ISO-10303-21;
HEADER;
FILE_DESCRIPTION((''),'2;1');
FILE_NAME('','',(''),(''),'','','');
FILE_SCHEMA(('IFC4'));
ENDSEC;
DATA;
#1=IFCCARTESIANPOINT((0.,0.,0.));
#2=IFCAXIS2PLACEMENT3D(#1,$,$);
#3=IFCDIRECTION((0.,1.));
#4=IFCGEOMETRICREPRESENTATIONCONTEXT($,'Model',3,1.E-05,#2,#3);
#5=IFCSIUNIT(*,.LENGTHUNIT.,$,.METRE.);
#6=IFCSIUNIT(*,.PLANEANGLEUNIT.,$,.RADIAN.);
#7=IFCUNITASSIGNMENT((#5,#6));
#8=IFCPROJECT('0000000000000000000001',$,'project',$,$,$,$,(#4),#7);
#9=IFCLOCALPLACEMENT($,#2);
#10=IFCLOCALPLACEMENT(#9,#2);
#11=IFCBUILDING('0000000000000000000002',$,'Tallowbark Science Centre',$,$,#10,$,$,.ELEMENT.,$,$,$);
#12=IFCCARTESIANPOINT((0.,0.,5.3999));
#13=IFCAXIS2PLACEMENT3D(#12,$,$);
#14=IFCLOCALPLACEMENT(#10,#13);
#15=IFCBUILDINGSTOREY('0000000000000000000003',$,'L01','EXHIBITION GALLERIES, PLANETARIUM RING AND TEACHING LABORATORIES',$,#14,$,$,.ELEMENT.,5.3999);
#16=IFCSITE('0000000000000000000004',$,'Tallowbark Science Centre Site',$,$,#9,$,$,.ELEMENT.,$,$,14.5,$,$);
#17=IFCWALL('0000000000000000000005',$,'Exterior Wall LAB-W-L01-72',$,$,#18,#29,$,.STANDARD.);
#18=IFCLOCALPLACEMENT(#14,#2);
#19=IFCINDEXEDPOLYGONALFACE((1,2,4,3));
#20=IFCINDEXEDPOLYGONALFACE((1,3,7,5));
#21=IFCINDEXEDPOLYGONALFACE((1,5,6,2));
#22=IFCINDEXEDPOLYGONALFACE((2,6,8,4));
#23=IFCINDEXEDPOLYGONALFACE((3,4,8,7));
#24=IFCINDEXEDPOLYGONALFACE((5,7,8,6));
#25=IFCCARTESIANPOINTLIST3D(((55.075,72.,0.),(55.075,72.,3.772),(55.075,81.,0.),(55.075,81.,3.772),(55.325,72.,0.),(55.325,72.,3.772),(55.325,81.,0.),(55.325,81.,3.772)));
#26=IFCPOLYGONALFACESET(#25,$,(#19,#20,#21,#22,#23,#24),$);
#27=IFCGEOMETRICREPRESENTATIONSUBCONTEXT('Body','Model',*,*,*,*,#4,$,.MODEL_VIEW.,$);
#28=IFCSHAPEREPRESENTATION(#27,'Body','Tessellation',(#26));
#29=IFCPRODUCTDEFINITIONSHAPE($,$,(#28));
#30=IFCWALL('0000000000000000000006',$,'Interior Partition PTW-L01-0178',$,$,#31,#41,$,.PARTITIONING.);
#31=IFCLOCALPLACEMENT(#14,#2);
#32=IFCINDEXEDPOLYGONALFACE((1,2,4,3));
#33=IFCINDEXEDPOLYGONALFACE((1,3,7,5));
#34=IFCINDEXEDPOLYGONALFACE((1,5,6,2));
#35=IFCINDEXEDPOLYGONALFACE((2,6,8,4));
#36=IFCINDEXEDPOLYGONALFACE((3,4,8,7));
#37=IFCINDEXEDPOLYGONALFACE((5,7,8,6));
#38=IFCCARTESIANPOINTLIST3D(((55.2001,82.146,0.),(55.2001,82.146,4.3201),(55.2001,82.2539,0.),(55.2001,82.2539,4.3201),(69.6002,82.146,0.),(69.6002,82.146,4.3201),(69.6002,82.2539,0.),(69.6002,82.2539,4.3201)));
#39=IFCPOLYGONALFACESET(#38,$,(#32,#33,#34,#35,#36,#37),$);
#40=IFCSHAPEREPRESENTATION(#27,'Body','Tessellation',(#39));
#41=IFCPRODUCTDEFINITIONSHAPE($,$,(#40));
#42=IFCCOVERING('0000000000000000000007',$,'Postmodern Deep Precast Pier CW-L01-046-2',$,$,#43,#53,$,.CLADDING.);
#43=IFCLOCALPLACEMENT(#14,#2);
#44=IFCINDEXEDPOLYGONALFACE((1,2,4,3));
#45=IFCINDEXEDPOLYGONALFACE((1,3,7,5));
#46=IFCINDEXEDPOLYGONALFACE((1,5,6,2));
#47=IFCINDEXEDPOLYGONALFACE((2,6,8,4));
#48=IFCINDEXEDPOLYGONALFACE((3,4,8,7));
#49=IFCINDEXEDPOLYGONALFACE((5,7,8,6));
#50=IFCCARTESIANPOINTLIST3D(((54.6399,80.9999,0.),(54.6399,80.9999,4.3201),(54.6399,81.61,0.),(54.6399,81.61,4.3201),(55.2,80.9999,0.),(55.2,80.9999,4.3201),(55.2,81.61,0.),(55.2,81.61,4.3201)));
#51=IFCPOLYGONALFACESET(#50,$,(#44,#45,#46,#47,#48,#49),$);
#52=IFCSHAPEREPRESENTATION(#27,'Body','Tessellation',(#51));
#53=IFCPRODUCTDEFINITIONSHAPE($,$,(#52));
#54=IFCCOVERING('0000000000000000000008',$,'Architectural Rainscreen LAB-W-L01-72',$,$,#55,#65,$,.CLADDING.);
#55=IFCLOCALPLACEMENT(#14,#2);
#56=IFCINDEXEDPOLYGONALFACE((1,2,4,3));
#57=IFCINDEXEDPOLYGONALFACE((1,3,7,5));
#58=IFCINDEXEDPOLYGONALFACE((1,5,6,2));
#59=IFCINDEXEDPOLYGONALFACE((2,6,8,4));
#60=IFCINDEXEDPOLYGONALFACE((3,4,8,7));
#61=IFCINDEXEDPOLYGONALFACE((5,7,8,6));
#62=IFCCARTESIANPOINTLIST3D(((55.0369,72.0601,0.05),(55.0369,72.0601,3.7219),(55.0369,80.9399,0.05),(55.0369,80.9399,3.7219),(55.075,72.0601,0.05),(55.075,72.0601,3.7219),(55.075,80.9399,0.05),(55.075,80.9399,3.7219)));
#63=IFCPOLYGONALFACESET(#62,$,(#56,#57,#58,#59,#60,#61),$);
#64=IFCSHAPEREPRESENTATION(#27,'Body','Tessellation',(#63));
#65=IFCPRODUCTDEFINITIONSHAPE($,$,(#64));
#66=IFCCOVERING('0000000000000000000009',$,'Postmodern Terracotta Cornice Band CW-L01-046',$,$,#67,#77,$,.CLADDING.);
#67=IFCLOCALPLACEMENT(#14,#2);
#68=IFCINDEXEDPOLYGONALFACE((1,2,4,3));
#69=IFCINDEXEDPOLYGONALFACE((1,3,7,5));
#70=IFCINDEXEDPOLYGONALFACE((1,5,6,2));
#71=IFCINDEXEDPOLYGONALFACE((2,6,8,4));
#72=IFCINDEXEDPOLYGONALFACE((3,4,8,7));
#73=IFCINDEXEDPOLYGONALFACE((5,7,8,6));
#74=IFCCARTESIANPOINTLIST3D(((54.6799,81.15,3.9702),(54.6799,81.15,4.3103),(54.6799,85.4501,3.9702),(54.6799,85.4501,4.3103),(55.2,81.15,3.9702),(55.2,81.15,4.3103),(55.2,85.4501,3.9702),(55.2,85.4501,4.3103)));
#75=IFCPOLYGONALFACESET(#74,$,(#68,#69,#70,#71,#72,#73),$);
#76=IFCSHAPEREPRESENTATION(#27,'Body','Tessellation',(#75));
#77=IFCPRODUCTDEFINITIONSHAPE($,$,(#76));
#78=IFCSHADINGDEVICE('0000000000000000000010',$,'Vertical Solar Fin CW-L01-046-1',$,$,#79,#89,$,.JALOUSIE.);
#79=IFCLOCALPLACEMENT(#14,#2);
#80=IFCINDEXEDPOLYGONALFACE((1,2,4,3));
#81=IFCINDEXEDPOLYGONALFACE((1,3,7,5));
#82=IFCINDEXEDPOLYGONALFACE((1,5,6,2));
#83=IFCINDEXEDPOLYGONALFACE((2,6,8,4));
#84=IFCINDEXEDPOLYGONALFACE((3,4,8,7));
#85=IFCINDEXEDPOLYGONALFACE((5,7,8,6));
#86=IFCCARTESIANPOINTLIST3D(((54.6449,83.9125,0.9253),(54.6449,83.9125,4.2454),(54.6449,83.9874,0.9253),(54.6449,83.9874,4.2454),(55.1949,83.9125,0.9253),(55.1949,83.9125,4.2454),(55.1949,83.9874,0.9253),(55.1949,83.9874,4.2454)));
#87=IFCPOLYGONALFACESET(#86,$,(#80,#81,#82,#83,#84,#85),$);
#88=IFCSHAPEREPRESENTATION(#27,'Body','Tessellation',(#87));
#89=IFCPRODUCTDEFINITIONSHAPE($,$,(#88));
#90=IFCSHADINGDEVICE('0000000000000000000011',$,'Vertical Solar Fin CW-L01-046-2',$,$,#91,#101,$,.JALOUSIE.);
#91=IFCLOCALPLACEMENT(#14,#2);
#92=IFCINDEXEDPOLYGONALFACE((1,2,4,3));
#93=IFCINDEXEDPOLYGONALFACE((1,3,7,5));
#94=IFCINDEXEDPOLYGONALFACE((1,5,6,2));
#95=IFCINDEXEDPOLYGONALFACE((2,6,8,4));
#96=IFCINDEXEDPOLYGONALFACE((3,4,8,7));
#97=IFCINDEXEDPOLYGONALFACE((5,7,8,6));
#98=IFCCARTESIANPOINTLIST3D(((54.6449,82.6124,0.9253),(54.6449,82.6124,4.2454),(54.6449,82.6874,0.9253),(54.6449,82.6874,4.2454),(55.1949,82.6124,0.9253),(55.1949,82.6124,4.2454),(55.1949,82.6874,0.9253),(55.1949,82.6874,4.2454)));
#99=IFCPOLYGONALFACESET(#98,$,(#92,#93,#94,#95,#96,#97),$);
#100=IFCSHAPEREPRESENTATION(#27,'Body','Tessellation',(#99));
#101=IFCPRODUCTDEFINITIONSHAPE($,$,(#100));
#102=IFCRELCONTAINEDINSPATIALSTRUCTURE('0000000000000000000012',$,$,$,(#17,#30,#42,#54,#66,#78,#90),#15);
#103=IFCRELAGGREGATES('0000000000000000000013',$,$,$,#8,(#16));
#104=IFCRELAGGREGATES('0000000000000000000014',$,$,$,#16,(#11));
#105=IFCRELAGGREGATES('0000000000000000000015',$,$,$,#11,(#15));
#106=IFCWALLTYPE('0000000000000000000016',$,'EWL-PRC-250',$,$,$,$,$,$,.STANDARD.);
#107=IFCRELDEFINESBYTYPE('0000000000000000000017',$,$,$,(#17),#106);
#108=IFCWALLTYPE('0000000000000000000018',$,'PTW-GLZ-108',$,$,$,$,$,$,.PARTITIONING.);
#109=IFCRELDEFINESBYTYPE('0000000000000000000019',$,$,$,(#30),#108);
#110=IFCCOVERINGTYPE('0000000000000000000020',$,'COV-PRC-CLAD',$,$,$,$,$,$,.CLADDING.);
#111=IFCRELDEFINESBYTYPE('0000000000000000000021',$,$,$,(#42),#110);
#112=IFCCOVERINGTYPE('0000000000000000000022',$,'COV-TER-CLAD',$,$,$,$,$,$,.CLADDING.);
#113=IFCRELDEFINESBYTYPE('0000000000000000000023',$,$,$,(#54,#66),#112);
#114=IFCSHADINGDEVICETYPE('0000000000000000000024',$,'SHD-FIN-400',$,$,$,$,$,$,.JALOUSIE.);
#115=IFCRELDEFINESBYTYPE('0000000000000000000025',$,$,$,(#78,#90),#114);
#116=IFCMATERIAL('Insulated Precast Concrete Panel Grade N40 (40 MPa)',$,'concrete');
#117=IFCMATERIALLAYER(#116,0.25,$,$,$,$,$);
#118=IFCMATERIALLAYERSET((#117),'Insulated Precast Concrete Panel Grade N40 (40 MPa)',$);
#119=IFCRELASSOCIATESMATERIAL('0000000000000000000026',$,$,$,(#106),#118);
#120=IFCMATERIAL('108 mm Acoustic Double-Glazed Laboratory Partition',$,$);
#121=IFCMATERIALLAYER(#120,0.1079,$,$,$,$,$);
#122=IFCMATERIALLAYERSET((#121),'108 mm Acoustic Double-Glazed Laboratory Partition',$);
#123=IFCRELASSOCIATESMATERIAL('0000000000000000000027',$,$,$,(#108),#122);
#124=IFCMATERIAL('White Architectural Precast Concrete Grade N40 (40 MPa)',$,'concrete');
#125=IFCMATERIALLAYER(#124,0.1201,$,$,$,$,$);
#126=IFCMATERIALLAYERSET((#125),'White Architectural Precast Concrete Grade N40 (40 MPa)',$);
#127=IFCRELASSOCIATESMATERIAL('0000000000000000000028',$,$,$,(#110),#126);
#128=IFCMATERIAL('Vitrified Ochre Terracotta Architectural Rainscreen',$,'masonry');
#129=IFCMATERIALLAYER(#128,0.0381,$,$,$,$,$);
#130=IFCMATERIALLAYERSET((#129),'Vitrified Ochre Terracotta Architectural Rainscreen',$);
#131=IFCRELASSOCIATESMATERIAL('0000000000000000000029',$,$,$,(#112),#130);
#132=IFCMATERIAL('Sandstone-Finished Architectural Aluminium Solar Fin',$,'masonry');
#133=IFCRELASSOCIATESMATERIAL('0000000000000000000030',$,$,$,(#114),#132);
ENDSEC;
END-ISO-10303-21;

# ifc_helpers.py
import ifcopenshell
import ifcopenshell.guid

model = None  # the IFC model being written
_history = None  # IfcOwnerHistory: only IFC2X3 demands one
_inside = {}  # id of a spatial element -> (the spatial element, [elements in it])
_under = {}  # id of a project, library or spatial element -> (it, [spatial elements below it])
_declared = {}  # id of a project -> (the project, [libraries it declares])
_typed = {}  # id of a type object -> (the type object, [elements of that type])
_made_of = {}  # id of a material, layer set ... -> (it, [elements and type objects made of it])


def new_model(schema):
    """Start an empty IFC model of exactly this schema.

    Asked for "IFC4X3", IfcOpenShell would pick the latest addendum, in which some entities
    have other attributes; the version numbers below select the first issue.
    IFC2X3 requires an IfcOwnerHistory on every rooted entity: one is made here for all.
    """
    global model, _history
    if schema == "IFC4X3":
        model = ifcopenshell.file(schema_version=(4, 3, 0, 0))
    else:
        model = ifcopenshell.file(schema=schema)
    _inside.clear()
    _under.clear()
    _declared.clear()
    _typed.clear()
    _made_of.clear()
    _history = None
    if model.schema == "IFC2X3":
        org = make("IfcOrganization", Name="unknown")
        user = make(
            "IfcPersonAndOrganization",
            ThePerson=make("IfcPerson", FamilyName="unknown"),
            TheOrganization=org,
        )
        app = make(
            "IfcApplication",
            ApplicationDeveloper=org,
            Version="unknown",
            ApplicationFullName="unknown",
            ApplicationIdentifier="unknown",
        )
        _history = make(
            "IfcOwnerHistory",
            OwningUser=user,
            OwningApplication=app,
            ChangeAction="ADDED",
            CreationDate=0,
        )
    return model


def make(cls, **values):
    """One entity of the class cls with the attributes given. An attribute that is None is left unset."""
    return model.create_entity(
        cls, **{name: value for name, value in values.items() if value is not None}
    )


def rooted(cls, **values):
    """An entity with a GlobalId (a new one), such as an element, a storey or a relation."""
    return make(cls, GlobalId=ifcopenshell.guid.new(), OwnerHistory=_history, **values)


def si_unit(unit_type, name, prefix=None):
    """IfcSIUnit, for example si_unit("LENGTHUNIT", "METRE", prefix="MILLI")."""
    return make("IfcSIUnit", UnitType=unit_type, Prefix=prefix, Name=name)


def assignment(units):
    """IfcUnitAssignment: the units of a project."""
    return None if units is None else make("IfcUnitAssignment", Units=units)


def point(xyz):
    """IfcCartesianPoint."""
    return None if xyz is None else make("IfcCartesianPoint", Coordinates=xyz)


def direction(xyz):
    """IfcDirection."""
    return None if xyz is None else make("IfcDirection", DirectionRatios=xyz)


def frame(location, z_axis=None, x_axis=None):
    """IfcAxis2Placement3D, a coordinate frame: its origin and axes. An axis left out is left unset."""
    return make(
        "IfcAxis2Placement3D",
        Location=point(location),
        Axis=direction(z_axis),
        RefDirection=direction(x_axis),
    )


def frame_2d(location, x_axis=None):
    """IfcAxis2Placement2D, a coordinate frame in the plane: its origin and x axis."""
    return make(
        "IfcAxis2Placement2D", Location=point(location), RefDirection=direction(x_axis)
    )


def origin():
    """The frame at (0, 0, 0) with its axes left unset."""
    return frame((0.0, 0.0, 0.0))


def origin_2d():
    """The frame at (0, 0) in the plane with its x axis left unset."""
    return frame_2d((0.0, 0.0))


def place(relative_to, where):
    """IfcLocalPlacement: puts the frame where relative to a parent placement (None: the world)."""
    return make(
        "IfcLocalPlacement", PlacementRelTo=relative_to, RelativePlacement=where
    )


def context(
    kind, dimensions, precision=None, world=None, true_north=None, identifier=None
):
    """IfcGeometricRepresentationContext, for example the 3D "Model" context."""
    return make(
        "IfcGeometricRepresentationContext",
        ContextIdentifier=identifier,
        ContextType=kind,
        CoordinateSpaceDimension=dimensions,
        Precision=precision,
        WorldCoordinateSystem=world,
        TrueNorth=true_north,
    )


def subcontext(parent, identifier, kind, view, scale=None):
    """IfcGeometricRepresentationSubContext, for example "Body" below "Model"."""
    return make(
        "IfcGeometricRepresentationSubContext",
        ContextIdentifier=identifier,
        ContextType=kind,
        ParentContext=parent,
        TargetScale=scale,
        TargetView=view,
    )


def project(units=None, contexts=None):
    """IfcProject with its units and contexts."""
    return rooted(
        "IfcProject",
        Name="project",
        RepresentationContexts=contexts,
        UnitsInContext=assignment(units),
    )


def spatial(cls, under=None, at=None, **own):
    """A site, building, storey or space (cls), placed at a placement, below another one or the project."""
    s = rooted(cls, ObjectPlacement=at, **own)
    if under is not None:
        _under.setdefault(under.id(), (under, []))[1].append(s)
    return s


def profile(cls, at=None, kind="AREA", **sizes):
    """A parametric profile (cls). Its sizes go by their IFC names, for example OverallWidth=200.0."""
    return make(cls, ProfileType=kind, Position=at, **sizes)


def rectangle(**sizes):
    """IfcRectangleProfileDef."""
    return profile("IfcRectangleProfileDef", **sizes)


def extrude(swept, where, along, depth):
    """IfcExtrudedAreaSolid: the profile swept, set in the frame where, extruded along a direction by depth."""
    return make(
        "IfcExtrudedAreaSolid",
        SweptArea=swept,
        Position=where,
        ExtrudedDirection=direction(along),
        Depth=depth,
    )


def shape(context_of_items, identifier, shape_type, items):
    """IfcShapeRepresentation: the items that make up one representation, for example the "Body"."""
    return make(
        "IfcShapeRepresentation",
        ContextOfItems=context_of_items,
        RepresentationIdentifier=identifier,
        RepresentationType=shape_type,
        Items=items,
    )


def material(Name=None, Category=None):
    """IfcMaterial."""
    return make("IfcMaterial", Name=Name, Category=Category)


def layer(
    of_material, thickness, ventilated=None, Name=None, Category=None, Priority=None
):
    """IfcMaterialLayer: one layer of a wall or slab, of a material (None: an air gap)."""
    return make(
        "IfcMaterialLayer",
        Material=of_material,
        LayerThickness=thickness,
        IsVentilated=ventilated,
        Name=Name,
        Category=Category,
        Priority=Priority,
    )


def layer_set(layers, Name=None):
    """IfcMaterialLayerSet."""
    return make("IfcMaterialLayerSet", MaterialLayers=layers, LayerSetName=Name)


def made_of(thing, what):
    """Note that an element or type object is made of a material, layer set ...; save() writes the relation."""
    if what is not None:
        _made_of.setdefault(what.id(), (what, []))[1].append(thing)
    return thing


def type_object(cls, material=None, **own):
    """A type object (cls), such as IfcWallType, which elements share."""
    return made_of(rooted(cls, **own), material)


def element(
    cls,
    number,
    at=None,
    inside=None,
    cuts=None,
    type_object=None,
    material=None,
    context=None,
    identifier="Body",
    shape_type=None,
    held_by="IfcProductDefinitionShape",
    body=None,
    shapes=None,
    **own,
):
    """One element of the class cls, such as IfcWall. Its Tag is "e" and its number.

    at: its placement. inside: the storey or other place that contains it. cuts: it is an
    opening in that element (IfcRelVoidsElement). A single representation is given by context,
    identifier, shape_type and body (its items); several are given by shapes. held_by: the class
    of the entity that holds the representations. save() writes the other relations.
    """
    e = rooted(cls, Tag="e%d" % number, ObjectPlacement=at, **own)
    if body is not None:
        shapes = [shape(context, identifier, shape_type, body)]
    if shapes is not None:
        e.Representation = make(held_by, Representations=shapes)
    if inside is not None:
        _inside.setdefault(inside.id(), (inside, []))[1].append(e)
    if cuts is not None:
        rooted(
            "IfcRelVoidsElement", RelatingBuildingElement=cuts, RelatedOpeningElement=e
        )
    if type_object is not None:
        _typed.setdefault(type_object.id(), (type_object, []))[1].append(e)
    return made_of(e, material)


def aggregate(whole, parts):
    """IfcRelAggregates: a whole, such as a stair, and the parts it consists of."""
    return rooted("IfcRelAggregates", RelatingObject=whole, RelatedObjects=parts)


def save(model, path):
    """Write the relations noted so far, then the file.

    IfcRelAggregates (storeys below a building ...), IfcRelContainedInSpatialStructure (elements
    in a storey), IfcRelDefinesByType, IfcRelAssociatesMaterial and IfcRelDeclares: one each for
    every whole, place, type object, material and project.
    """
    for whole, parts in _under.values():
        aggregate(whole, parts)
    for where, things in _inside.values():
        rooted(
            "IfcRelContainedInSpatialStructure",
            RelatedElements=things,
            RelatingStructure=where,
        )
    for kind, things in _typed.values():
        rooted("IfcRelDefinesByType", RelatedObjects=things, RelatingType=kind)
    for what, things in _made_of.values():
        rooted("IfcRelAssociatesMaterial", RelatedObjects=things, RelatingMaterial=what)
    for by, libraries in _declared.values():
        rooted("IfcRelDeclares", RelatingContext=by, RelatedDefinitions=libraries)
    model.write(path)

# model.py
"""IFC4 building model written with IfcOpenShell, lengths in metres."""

from ifc_helpers import new_model, si_unit, direction, frame, frame_2d, origin, origin_2d, place, context, subcontext, project, spatial, rectangle, extrude, material, layer, layer_set, type_object, element, save


model = new_model("IFC4")

# Units and contexts
model_context = context("Model", 3, precision=1e-05, world=origin(), true_north=direction((0.0, 1.0)))
body_context = subcontext(model_context, "Body", "Model", "MODEL_VIEW")
ifc_project = project(units=[si_unit("LENGTHUNIT", "METRE"), si_unit("PLANEANGLEUNIT", "RADIAN")], contexts=[model_context])

# Site, building, storey
site_placement = place(None, origin())
site = spatial("IfcSite", under=ifc_project, at=site_placement, Name="Tallowbark Science Centre Site", CompositionType="ELEMENT", RefElevation=14.5)
building_placement = place(site_placement, origin())
building = spatial("IfcBuilding", under=site, at=building_placement, Name="Tallowbark Science Centre", CompositionType="ELEMENT")
storey_placement = place(building_placement, frame((0.0, 0.0, 5.3999)))
storey = spatial("IfcBuildingStorey", under=building, at=storey_placement, Name="L01", Description="EXHIBITION GALLERIES, PLANETARIUM RING AND TEACHING LABORATORIES", CompositionType="ELEMENT", Elevation=5.3999)

# Walls
ifc_material_1 = material(Name="Insulated Precast Concrete Panel Grade N40 (40 MPa)", Category="concrete")
ifc_layer_1 = layer(ifc_material_1, 0.25)
ifc_layer_set_1 = layer_set([ifc_layer_1], Name="Insulated Precast Concrete Panel Grade N40 (40 MPa)")
wall_type_1 = type_object("IfcWallType", Name="EWL-PRC-250", PredefinedType="STANDARD", material=ifc_layer_set_1)
wall_1_placement = place(storey_placement, frame((55.2, 81.0, 0.0), z_axis=(0.0, 0.0, 1.0), x_axis=(0.0, -1.0, 0.0)))
element("IfcWall", 1, at=wall_1_placement, inside=storey, type_object=wall_type_1, Name="Exterior Wall LAB-W-L01-72", PredefinedType="STANDARD", context=body_context, shape_type="SweptSolid", body=[
    extrude(rectangle(XDim=9.0, YDim=0.25, at=frame_2d((4.5, 0.0))), origin(), (0.0, 0.0, 1.0), 3.772),
])
ifc_material_2 = material(Name="108 mm Acoustic Double-Glazed Laboratory Partition")
ifc_layer_2 = layer(ifc_material_2, 0.1079)
ifc_layer_set_2 = layer_set([ifc_layer_2], Name="108 mm Acoustic Double-Glazed Laboratory Partition")
wall_type_2 = type_object("IfcWallType", Name="PTW-GLZ-108", PredefinedType="PARTITIONING", material=ifc_layer_set_2)
wall_2_placement = place(storey_placement, frame((55.2, 82.2, 0.0), z_axis=(0.0, 0.0, 1.0), x_axis=(1.0, 0.0, 0.0)))
element("IfcWall", 2, at=wall_2_placement, inside=storey, type_object=wall_type_2, Name="Interior Partition PTW-L01-0178", PredefinedType="PARTITIONING", context=body_context, shape_type="SweptSolid", body=[
    extrude(rectangle(XDim=14.4001, YDim=0.1079, at=frame_2d((7.2002, 0.0))), origin(), (0.0, 0.0, 1.0), 4.3201),
])

# Coverings
ifc_material_3 = material(Name="White Architectural Precast Concrete Grade N40 (40 MPa)", Category="concrete")
ifc_layer_3 = layer(ifc_material_3, 0.1201)
ifc_layer_set_3 = layer_set([ifc_layer_3], Name="White Architectural Precast Concrete Grade N40 (40 MPa)")
covering_type_1 = type_object("IfcCoveringType", Name="COV-PRC-CLAD", PredefinedType="CLADDING", material=ifc_layer_set_3)
covering_1_placement = place(storey_placement, frame((54.9199, 81.3049, 0.0), z_axis=(0.0, 0.0, 1.0), x_axis=(0.0, -1.0, 0.0)))
element("IfcCovering", 3, at=covering_1_placement, inside=storey, type_object=covering_type_1, Name="Postmodern Deep Precast Pier CW-L01-046-2", PredefinedType="CLADDING", context=body_context, shape_type="SweptSolid", body=[
    extrude(rectangle(XDim=0.6101, YDim=0.5601, at=origin_2d()), origin(), (0.0, 0.0, 1.0), 4.3201),
])
ifc_material_4 = material(Name="Vitrified Ochre Terracotta Architectural Rainscreen", Category="masonry")
ifc_layer_4 = layer(ifc_material_4, 0.0381)
ifc_layer_set_4 = layer_set([ifc_layer_4], Name="Vitrified Ochre Terracotta Architectural Rainscreen")
covering_type_2 = type_object("IfcCoveringType", Name="COV-TER-CLAD", PredefinedType="CLADDING", material=ifc_layer_set_4)
covering_2_placement = place(storey_placement, frame((55.0559, 76.5, 0.05), z_axis=(0.0, 0.0, 1.0), x_axis=(0.0, -1.0, 0.0)))
element("IfcCovering", 4, at=covering_2_placement, inside=storey, type_object=covering_type_2, Name="Architectural Rainscreen LAB-W-L01-72", PredefinedType="CLADDING", context=body_context, shape_type="SweptSolid", body=[
    extrude(rectangle(XDim=8.8799, YDim=0.0381, at=origin_2d()), origin(), (0.0, 0.0, 1.0), 3.6719),
])
covering_3_placement = place(storey_placement, frame((54.9399, 83.3, 3.9702), z_axis=(0.0, 0.0, 1.0), x_axis=(0.0, -1.0, 0.0)))
element("IfcCovering", 5, at=covering_3_placement, inside=storey, type_object=covering_type_2, Name="Postmodern Terracotta Cornice Band CW-L01-046", PredefinedType="CLADDING", context=body_context, shape_type="SweptSolid", body=[
    extrude(rectangle(XDim=4.3, YDim=0.52, at=origin_2d()), origin(), (0.0, 0.0, 1.0), 0.3401),
])

# Shading devices
ifc_material_5 = material(Name="Sandstone-Finished Architectural Aluminium Solar Fin", Category="masonry")
shading_device_type = type_object("IfcShadingDeviceType", Name="SHD-FIN-400", PredefinedType="JALOUSIE", material=ifc_material_5)
for number, where, z_axis, x_axis, name in (
    (6, (54.9199, 83.95, 0.9253), (0.0, 0.0, 1.0), (0.0, -1.0, 0.0), "Vertical Solar Fin CW-L01-046-1"),
    (7, (54.9199, 82.6499, 0.9253), (0.0, 0.0, 1.0), (0.0, -1.0, 0.0), "Vertical Solar Fin CW-L01-046-2"),
):
    element("IfcShadingDevice", number, at=place(storey_placement, frame(where, z_axis=z_axis, x_axis=x_axis)), inside=storey, type_object=shading_device_type, Name=name, PredefinedType="JALOUSIE", context=body_context, shape_type="SweptSolid", body=[
        extrude(rectangle(XDim=0.075, YDim=0.55, at=origin_2d()), origin(), (0.0, 0.0, 1.0), 3.3201),
    ])

save(model, "model.ifc")
